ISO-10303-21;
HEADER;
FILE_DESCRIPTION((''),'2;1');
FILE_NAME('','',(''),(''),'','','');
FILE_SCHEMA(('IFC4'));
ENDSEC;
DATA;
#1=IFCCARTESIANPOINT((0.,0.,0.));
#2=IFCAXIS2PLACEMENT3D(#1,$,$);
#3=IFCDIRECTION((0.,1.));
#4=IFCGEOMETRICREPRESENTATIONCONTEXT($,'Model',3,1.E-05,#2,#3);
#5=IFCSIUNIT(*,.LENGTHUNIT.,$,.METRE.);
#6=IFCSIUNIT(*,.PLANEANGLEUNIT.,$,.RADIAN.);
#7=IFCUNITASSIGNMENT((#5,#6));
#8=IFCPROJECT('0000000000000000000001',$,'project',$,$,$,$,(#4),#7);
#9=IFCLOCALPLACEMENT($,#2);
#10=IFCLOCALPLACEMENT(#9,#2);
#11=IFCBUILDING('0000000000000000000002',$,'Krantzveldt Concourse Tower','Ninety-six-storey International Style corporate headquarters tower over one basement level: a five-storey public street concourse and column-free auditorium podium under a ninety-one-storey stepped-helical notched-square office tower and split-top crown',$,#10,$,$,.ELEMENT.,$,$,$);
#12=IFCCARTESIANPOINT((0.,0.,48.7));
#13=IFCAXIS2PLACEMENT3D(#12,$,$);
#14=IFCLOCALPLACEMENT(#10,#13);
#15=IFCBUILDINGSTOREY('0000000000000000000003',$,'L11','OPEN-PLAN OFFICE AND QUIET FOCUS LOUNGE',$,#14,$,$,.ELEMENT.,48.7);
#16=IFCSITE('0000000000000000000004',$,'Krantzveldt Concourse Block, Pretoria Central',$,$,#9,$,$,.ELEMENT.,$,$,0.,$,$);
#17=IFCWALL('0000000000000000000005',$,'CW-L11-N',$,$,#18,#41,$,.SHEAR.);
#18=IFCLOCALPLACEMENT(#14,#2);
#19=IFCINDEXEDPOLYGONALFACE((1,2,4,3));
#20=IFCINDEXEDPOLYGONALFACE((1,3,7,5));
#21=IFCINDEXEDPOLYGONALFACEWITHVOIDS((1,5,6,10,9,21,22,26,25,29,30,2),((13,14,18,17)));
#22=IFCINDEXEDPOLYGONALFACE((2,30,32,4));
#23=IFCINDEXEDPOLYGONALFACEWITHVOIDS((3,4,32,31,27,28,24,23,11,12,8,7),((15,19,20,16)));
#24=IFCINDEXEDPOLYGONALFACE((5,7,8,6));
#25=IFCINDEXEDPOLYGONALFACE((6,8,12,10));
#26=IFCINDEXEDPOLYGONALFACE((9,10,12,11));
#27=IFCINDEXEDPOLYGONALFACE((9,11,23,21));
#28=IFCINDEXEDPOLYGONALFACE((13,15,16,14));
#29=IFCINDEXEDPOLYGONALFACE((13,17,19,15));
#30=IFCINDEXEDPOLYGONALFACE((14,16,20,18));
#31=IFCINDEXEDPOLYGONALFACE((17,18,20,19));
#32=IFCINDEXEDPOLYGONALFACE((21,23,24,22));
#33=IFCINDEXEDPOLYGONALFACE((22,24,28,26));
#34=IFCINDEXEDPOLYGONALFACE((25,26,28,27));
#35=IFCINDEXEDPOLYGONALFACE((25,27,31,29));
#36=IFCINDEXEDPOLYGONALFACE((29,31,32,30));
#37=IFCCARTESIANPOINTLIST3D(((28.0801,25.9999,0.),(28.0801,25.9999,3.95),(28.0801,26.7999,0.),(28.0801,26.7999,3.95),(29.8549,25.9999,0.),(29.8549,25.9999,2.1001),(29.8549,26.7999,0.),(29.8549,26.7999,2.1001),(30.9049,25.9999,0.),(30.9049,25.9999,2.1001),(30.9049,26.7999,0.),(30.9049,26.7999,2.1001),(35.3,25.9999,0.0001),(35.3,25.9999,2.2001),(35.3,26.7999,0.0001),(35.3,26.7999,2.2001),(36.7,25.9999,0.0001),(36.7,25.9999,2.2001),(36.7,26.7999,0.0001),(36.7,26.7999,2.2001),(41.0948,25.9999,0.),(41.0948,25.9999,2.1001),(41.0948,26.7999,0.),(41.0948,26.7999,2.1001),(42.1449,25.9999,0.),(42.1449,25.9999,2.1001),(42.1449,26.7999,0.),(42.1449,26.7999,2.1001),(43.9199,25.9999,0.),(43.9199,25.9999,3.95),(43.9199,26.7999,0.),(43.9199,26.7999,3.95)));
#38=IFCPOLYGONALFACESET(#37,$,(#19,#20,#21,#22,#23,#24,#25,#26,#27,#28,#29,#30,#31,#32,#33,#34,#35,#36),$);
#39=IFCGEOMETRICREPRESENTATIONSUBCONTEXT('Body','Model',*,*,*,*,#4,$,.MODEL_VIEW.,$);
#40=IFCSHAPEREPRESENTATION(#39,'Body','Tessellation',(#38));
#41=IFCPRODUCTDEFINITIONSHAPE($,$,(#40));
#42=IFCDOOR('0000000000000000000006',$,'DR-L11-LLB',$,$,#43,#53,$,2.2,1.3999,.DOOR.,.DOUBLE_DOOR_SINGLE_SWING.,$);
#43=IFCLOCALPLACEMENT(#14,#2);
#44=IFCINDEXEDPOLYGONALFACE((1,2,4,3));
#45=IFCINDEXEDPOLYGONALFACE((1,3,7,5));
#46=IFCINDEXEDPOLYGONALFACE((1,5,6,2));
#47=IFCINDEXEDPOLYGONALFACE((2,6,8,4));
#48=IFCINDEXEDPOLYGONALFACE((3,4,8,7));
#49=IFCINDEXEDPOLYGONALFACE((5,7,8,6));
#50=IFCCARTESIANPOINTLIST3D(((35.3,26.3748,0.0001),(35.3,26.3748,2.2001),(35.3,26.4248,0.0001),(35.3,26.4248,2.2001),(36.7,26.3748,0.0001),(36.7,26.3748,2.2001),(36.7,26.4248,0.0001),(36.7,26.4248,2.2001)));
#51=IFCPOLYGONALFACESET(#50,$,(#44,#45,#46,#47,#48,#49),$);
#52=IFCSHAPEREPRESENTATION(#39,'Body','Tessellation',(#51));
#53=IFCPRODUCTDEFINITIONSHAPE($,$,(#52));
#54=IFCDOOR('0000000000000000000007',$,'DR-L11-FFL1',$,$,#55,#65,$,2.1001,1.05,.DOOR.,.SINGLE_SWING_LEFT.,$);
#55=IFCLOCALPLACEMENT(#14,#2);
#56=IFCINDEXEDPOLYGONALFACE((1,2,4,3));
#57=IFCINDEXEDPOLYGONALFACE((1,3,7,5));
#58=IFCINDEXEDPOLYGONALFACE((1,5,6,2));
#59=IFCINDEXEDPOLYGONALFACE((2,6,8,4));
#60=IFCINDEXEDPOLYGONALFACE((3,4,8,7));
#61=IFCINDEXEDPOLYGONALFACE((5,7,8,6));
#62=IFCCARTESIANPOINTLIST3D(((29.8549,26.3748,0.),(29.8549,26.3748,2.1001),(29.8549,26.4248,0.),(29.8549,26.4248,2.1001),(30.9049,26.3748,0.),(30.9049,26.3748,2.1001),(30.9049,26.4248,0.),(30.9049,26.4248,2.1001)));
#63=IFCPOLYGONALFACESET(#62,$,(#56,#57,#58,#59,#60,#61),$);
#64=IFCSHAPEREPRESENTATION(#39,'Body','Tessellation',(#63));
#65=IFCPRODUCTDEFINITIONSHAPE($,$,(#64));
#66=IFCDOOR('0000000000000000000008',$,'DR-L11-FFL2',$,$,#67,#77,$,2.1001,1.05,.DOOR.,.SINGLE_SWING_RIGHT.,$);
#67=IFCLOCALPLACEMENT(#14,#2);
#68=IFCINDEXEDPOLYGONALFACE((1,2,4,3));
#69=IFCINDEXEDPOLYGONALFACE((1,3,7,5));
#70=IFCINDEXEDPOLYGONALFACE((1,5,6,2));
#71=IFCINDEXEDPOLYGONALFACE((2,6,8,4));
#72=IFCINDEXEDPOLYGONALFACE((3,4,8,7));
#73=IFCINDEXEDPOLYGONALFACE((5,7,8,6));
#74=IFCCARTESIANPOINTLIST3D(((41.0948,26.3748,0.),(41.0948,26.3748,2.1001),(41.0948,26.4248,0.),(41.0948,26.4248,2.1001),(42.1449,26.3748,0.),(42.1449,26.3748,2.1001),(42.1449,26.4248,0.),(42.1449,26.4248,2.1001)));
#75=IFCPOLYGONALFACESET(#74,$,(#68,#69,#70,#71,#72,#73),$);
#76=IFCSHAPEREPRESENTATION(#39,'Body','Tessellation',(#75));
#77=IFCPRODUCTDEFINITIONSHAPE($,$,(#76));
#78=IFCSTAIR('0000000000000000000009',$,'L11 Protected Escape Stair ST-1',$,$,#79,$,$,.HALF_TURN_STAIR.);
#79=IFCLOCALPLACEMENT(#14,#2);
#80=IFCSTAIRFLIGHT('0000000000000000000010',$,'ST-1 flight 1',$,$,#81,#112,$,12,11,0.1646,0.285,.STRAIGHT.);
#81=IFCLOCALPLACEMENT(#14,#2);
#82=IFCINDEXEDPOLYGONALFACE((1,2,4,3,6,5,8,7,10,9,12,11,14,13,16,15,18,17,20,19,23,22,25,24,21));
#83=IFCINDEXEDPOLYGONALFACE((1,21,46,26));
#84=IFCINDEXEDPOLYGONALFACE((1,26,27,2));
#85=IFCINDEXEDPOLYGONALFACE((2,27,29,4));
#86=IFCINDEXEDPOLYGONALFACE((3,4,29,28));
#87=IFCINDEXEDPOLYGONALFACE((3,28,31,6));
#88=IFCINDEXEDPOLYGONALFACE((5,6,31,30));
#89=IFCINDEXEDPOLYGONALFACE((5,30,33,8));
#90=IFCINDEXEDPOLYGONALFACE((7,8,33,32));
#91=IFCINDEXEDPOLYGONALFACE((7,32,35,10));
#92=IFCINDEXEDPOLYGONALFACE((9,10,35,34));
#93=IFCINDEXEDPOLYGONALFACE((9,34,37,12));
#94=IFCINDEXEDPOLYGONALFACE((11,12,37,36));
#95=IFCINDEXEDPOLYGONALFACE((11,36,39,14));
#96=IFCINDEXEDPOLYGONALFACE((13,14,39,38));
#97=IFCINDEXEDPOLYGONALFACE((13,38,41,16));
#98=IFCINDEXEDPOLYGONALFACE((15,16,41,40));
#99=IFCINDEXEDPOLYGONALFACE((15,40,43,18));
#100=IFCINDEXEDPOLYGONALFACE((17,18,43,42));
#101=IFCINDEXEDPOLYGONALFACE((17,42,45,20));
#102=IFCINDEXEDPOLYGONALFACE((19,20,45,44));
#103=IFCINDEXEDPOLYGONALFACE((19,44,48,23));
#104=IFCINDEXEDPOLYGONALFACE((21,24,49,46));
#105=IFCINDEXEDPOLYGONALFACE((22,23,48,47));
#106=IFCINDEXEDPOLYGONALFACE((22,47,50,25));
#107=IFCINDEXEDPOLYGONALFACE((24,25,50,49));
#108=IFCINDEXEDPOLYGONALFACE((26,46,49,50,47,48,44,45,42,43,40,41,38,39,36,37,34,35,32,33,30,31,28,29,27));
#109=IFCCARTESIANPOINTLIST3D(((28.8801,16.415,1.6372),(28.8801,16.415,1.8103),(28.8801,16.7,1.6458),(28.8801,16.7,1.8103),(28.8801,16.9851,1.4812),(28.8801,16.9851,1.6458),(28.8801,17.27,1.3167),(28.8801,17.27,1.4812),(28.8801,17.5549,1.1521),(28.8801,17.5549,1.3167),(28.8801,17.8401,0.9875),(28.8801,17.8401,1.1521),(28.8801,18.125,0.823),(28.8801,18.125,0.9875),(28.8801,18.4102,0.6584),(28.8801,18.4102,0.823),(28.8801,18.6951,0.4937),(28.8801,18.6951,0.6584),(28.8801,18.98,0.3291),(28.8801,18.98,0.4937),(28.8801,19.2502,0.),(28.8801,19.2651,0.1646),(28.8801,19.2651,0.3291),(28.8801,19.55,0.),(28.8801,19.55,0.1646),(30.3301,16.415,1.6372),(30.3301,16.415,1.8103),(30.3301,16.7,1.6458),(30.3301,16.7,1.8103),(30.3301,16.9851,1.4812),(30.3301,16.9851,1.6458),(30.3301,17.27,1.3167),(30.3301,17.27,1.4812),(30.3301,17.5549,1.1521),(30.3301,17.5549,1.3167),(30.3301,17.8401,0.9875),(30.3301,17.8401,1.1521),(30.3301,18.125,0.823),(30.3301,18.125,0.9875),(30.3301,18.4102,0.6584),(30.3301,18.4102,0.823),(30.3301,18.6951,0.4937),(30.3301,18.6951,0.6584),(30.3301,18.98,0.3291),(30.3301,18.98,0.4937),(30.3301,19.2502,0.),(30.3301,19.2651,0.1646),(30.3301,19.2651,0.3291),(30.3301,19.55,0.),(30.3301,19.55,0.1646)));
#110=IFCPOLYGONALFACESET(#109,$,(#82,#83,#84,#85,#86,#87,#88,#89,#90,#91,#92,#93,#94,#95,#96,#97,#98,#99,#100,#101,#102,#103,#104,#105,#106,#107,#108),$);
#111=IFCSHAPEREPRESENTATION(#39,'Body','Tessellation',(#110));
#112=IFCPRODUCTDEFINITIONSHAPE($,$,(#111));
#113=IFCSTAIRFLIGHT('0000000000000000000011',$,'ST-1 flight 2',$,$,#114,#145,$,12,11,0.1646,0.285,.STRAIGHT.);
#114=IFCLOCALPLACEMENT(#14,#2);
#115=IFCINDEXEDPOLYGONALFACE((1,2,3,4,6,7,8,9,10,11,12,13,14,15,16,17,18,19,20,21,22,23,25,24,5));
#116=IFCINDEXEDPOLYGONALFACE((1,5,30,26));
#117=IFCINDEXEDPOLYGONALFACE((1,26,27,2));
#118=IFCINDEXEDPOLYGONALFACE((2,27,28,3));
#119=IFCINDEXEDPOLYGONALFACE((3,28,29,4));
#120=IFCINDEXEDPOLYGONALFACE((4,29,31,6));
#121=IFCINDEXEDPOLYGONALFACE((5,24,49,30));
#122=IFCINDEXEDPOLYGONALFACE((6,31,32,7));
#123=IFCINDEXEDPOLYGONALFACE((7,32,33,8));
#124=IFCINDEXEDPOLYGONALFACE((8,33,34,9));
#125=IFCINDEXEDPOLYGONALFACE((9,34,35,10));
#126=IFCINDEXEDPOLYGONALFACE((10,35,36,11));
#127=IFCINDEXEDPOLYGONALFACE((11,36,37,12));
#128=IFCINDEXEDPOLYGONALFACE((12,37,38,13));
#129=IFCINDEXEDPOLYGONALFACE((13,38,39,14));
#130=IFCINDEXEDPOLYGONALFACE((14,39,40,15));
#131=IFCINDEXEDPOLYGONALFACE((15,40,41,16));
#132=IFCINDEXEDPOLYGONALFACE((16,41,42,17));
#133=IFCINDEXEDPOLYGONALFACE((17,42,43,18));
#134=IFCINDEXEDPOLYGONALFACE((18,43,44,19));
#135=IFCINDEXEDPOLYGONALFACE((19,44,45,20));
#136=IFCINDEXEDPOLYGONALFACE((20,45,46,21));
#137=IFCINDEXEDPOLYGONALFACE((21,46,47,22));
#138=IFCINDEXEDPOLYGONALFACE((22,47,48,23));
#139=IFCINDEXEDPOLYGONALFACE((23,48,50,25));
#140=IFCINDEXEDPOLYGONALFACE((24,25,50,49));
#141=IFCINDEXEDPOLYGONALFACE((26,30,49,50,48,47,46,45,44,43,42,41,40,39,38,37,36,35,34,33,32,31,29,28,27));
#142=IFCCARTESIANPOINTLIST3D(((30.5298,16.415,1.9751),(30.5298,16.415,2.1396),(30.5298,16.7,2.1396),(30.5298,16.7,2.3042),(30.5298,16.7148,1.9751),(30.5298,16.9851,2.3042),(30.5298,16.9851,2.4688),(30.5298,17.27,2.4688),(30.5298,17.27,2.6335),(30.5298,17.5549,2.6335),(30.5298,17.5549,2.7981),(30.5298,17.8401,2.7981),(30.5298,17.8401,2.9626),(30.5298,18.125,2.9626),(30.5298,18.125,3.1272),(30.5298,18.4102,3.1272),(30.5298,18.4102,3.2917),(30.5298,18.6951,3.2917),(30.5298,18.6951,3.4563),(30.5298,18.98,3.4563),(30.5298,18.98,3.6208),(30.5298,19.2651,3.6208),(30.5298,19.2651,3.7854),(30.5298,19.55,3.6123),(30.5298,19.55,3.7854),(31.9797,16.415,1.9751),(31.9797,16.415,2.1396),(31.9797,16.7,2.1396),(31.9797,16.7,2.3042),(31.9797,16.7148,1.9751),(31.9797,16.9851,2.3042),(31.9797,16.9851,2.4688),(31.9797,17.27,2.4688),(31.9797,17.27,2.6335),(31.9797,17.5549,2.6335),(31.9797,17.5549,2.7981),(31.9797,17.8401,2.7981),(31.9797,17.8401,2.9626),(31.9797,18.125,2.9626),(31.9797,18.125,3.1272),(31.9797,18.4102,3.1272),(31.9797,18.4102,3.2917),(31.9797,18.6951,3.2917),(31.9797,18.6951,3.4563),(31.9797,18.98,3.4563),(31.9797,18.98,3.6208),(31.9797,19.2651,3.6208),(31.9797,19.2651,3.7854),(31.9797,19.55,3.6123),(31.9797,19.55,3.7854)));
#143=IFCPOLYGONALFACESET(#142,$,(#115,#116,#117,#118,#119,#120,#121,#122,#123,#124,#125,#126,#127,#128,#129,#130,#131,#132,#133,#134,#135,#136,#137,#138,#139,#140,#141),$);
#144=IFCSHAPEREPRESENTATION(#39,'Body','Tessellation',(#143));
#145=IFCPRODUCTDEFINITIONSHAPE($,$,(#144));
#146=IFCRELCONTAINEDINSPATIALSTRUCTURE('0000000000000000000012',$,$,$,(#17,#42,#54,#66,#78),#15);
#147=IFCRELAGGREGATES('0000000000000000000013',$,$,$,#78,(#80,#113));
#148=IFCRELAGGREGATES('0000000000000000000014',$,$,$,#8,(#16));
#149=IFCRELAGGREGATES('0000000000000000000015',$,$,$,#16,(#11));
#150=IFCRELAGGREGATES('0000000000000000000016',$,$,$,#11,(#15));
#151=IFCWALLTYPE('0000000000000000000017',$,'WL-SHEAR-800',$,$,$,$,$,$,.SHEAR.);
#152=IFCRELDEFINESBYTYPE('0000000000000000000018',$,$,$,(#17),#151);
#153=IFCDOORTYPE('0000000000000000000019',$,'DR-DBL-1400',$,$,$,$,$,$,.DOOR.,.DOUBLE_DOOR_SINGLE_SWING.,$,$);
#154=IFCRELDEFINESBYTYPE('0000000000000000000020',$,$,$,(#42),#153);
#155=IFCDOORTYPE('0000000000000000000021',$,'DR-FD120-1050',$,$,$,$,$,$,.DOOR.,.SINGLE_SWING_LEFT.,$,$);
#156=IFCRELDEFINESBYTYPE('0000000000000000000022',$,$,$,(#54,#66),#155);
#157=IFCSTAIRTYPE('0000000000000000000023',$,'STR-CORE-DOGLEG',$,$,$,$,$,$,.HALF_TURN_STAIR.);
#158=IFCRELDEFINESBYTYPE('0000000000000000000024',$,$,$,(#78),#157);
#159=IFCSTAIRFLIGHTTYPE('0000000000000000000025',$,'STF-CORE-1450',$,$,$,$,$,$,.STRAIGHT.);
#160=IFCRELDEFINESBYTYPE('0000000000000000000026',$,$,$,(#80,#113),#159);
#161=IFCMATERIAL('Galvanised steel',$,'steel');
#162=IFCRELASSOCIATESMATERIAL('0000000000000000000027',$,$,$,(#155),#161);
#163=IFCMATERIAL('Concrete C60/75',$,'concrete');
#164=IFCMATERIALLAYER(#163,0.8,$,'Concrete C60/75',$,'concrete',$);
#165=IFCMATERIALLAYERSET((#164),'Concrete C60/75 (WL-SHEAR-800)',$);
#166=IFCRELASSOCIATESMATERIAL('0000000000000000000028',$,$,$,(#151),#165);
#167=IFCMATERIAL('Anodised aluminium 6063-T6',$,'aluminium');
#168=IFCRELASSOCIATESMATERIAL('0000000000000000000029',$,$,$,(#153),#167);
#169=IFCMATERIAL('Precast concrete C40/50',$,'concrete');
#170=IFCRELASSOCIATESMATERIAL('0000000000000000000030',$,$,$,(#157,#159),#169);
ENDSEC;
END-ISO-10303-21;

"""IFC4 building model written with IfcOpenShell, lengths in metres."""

from ifc_helpers import new_model, si_unit, direction, frame, frame_2d, origin, place, context, subcontext, project, spatial, polyline, rectangle, outline, extrude, material, layer, layer_set, type_object, element, fill, aggregate, save


model = new_model("IFC4")

# Units and contexts
model_context = context("Model", 3, precision=1e-05, world=origin(), true_north=direction((0.0, 1.0)))
body_context = subcontext(model_context, "Body", "Model", "MODEL_VIEW")
ifc_project = project(units=[si_unit("LENGTHUNIT", "METRE"), si_unit("PLANEANGLEUNIT", "RADIAN")], contexts=[model_context])

# Site, building, storey
site_placement = place(None, origin())
site = spatial("IfcSite", under=ifc_project, at=site_placement, Name="Krantzveldt Concourse Block, Pretoria Central", CompositionType="ELEMENT", RefElevation=0.0)
building_placement = place(site_placement, origin())
building = spatial("IfcBuilding", under=site, at=building_placement, Name="Krantzveldt Concourse Tower", Description="Ninety-six-storey International Style corporate headquarters tower over one basement level: a five-storey public street concourse and column-free auditorium podium under a ninety-one-storey stepped-helical notched-square office tower and split-top crown", CompositionType="ELEMENT")
storey_placement = place(building_placement, frame((0.0, 0.0, 48.7)))
storey = spatial("IfcBuildingStorey", under=building, at=storey_placement, Name="L11", Description="OPEN-PLAN OFFICE AND QUIET FOCUS LOUNGE", CompositionType="ELEMENT", Elevation=48.7)

# Shared definitions
ifc_material_1 = material(Name="Galvanised steel", Category="steel")
door_type_1 = type_object("IfcDoorType", Name="DR-FD120-1050", OperationType="SINGLE_SWING_LEFT", PredefinedType="DOOR", material=ifc_material_1)

# Wall, openings, doors
ifc_material_2 = material(Name="Concrete C60/75", Category="concrete")
ifc_layer_1 = layer(ifc_material_2, 0.8, Name="Concrete C60/75", Category="concrete")
ifc_layer_set_1 = layer_set([ifc_layer_1], Name="Concrete C60/75 (WL-SHEAR-800)")
wall_type_1 = type_object("IfcWallType", Name="WL-SHEAR-800", PredefinedType="SHEAR", material=ifc_layer_set_1)
wall_1_placement = place(storey_placement, frame((28.0801, 26.3999, 0.0), z_axis=(0.0, 0.0, 1.0), x_axis=(1.0, 0.0, 0.0)))
wall_1 = element("IfcWall", 1, at=wall_1_placement, inside=storey, type_object=wall_type_1, Name="CW-L11-N", PredefinedType="SHEAR", context=body_context, shape_type="SweptSolid", body=[
    extrude(rectangle(XDim=15.8398, YDim=0.8, at=frame_2d((7.9199, 0.0))), origin(), (0.0, 0.0, 1.0), 3.95),
])
opening_1_placement = place(wall_1_placement, frame((7.22, 0.0, 0.0)))
opening_1 = element("IfcOpeningElement", 2, at=opening_1_placement, cuts=wall_1, PredefinedType="OPENING", context=body_context, shape_type="SweptSolid", body=[
    extrude(rectangle(XDim=1.3999, YDim=2.2, at=frame_2d((0.7, 1.1001))), frame((0.0, 0.4102, 0.0), z_axis=(0.0, -1.0, 0.0), x_axis=(1.0, 0.0, 0.0)), (0.0, 0.0, 1.0), 0.8201),
])
opening_2_placement = place(wall_1_placement, frame((1.7749, 0.0, 0.0)))
opening_2 = element("IfcOpeningElement", 3, at=opening_2_placement, cuts=wall_1, PredefinedType="OPENING", context=body_context, shape_type="SweptSolid", body=[
    extrude(rectangle(XDim=1.05, YDim=2.1001, at=frame_2d((0.5249, 1.05))), frame((0.0, 0.4102, 0.0), z_axis=(0.0, -1.0, 0.0), x_axis=(1.0, 0.0, 0.0)), (0.0, 0.0, 1.0), 0.8201),
])
opening_3_placement = place(wall_1_placement, frame((13.0149, 0.0, 0.0)))
opening_3 = element("IfcOpeningElement", 4, at=opening_3_placement, cuts=wall_1, PredefinedType="OPENING", context=body_context, shape_type="SweptSolid", body=[
    extrude(rectangle(XDim=1.05, YDim=2.1001, at=frame_2d((0.5249, 1.05))), frame((0.0, 0.4102, 0.0), z_axis=(0.0, -1.0, 0.0), x_axis=(1.0, 0.0, 0.0)), (0.0, 0.0, 1.0), 0.8201),
])
ifc_material_3 = material(Name="Anodised aluminium 6063-T6", Category="aluminium")
door_type_2 = type_object("IfcDoorType", Name="DR-DBL-1400", OperationType="DOUBLE_DOOR_SINGLE_SWING", PredefinedType="DOOR", material=ifc_material_3)
door_1_placement = place(opening_1_placement, origin())
door_1 = element("IfcDoor", 5, at=door_1_placement, inside=storey, type_object=door_type_2, Name="DR-L11-LLB", OperationType="DOUBLE_DOOR_SINGLE_SWING", OverallHeight=2.2, OverallWidth=1.3999, PredefinedType="DOOR", context=body_context, shape_type="SweptSolid", body=[
    extrude(rectangle(XDim=1.3999, YDim=2.2, at=frame_2d((0.7, 1.1001))), frame((0.0, 0.0249, 0.0), z_axis=(0.0, -1.0, 0.0), x_axis=(1.0, 0.0, 0.0)), (0.0, 0.0, 1.0), 0.05),
])
fill(opening_1, door_1)
door_2_placement = place(opening_2_placement, origin())
door_2 = element("IfcDoor", 6, at=door_2_placement, inside=storey, type_object=door_type_1, Name="DR-L11-FFL1", OperationType="SINGLE_SWING_LEFT", OverallHeight=2.1001, OverallWidth=1.05, PredefinedType="DOOR", context=body_context, shape_type="SweptSolid", body=[
    extrude(rectangle(XDim=1.05, YDim=2.1001, at=frame_2d((0.5249, 1.05))), frame((0.0, 0.0249, 0.0), z_axis=(0.0, -1.0, 0.0), x_axis=(1.0, 0.0, 0.0)), (0.0, 0.0, 1.0), 0.05),
])
fill(opening_2, door_2)
door_3_placement = place(opening_3_placement, origin())
door_3 = element("IfcDoor", 7, at=door_3_placement, inside=storey, type_object=door_type_1, Name="DR-L11-FFL2", OperationType="SINGLE_SWING_RIGHT", OverallHeight=2.1001, OverallWidth=1.05, PredefinedType="DOOR", context=body_context, shape_type="SweptSolid", body=[
    extrude(rectangle(XDim=1.05, YDim=2.1001, at=frame_2d((0.5249, 1.05))), frame((0.0, 0.0249, 0.0), z_axis=(0.0, -1.0, 0.0), x_axis=(1.0, 0.0, 0.0)), (0.0, 0.0, 1.0), 0.05),
])
fill(opening_3, door_3)

# Stair, stair flights
ifc_material_4 = material(Name="Precast concrete C40/50", Category="concrete")
stair_type = type_object("IfcStairType", Name="STR-CORE-DOGLEG", PredefinedType="HALF_TURN_STAIR", material=ifc_material_4)
stair_placement = place(storey_placement, origin())
stair = element("IfcStair", 8, at=stair_placement, inside=storey, type_object=stair_type, Name="L11 Protected Escape Stair ST-1", PredefinedType="HALF_TURN_STAIR")
stair_flight_type = type_object("IfcStairFlightType", Name="STF-CORE-1450", PredefinedType="STRAIGHT", material=ifc_material_4)
stair_flight_1_placement = place(storey_placement, frame((29.605, 19.55, 0.0), z_axis=(0.0, 0.0, 1.0), x_axis=(0.0, -1.0, 0.0)))
stair_flight_1 = element("IfcStairFlight", 9, at=stair_flight_1_placement, type_object=stair_flight_type, Name="ST-1 flight 1", NumberOfRisers=12, NumberOfTreads=11, PredefinedType="STRAIGHT", RiserHeight=0.1646, TreadLength=0.285, context=body_context, shape_type="SweptSolid", body=[
    extrude(outline(polyline([(0.0, 0.0), (0.0, 0.1646), (0.2849, 0.1646), (0.2849, 0.3291), (0.5701, 0.3291), (0.5701, 0.4937), (0.855, 0.4937), (0.855, 0.6584), (1.1399, 0.6584), (1.1399, 0.823), (1.425, 0.823), (1.425, 0.9875), (1.71, 0.9875), (1.71, 1.1521), (1.9951, 1.1521), (1.9951, 1.3167), (2.28, 1.3167), (2.28, 1.4812), (2.5649, 1.4812), (2.5649, 1.6458), (2.8501, 1.6458), (2.8501, 1.8103), (3.135, 1.8103), (3.135, 1.9751), (3.135, 1.6372), (0.2998, 0.0), (0.0, 0.0)])), frame((0.0, 0.7251, 0.0), z_axis=(0.0, -1.0, 0.0), x_axis=(1.0, 0.0, 0.0)), (0.0, 0.0, 1.0), 1.45),
])
stair_flight_2_placement = place(storey_placement, frame((31.2549, 16.415, 1.9751), z_axis=(0.0, 0.0, 1.0), x_axis=(0.0, 1.0, 0.0)))
stair_flight_2 = element("IfcStairFlight", 10, at=stair_flight_2_placement, type_object=stair_flight_type, Name="ST-1 flight 2", NumberOfRisers=12, NumberOfTreads=11, PredefinedType="STRAIGHT", RiserHeight=0.1646, TreadLength=0.285, context=body_context, shape_type="SweptSolid", body=[
    extrude(outline(polyline([(0.0, 0.0), (0.0, 0.1646), (0.2849, 0.1646), (0.2849, 0.3291), (0.5701, 0.3291), (0.5701, 0.4937), (0.855, 0.4937), (0.855, 0.6584), (1.1399, 0.6584), (1.1399, 0.823), (1.425, 0.823), (1.425, 0.9875), (1.71, 0.9875), (1.71, 1.1521), (1.9951, 1.1521), (1.9951, 1.3167), (2.28, 1.3167), (2.28, 1.4812), (2.5649, 1.4812), (2.5649, 1.6458), (2.8501, 1.6458), (2.8501, 1.8103), (3.135, 1.8103), (3.135, 1.9751), (3.135, 1.6372), (0.2998, 0.0), (0.0, 0.0)])), frame((0.0, 0.7251, 0.0), z_axis=(0.0, -1.0, 0.0), x_axis=(1.0, 0.0, 0.0)), (0.0, 0.0, 1.0), 1.45),
])
aggregate(stair, [stair_flight_1, stair_flight_2])

save(model, "model.ifc")
